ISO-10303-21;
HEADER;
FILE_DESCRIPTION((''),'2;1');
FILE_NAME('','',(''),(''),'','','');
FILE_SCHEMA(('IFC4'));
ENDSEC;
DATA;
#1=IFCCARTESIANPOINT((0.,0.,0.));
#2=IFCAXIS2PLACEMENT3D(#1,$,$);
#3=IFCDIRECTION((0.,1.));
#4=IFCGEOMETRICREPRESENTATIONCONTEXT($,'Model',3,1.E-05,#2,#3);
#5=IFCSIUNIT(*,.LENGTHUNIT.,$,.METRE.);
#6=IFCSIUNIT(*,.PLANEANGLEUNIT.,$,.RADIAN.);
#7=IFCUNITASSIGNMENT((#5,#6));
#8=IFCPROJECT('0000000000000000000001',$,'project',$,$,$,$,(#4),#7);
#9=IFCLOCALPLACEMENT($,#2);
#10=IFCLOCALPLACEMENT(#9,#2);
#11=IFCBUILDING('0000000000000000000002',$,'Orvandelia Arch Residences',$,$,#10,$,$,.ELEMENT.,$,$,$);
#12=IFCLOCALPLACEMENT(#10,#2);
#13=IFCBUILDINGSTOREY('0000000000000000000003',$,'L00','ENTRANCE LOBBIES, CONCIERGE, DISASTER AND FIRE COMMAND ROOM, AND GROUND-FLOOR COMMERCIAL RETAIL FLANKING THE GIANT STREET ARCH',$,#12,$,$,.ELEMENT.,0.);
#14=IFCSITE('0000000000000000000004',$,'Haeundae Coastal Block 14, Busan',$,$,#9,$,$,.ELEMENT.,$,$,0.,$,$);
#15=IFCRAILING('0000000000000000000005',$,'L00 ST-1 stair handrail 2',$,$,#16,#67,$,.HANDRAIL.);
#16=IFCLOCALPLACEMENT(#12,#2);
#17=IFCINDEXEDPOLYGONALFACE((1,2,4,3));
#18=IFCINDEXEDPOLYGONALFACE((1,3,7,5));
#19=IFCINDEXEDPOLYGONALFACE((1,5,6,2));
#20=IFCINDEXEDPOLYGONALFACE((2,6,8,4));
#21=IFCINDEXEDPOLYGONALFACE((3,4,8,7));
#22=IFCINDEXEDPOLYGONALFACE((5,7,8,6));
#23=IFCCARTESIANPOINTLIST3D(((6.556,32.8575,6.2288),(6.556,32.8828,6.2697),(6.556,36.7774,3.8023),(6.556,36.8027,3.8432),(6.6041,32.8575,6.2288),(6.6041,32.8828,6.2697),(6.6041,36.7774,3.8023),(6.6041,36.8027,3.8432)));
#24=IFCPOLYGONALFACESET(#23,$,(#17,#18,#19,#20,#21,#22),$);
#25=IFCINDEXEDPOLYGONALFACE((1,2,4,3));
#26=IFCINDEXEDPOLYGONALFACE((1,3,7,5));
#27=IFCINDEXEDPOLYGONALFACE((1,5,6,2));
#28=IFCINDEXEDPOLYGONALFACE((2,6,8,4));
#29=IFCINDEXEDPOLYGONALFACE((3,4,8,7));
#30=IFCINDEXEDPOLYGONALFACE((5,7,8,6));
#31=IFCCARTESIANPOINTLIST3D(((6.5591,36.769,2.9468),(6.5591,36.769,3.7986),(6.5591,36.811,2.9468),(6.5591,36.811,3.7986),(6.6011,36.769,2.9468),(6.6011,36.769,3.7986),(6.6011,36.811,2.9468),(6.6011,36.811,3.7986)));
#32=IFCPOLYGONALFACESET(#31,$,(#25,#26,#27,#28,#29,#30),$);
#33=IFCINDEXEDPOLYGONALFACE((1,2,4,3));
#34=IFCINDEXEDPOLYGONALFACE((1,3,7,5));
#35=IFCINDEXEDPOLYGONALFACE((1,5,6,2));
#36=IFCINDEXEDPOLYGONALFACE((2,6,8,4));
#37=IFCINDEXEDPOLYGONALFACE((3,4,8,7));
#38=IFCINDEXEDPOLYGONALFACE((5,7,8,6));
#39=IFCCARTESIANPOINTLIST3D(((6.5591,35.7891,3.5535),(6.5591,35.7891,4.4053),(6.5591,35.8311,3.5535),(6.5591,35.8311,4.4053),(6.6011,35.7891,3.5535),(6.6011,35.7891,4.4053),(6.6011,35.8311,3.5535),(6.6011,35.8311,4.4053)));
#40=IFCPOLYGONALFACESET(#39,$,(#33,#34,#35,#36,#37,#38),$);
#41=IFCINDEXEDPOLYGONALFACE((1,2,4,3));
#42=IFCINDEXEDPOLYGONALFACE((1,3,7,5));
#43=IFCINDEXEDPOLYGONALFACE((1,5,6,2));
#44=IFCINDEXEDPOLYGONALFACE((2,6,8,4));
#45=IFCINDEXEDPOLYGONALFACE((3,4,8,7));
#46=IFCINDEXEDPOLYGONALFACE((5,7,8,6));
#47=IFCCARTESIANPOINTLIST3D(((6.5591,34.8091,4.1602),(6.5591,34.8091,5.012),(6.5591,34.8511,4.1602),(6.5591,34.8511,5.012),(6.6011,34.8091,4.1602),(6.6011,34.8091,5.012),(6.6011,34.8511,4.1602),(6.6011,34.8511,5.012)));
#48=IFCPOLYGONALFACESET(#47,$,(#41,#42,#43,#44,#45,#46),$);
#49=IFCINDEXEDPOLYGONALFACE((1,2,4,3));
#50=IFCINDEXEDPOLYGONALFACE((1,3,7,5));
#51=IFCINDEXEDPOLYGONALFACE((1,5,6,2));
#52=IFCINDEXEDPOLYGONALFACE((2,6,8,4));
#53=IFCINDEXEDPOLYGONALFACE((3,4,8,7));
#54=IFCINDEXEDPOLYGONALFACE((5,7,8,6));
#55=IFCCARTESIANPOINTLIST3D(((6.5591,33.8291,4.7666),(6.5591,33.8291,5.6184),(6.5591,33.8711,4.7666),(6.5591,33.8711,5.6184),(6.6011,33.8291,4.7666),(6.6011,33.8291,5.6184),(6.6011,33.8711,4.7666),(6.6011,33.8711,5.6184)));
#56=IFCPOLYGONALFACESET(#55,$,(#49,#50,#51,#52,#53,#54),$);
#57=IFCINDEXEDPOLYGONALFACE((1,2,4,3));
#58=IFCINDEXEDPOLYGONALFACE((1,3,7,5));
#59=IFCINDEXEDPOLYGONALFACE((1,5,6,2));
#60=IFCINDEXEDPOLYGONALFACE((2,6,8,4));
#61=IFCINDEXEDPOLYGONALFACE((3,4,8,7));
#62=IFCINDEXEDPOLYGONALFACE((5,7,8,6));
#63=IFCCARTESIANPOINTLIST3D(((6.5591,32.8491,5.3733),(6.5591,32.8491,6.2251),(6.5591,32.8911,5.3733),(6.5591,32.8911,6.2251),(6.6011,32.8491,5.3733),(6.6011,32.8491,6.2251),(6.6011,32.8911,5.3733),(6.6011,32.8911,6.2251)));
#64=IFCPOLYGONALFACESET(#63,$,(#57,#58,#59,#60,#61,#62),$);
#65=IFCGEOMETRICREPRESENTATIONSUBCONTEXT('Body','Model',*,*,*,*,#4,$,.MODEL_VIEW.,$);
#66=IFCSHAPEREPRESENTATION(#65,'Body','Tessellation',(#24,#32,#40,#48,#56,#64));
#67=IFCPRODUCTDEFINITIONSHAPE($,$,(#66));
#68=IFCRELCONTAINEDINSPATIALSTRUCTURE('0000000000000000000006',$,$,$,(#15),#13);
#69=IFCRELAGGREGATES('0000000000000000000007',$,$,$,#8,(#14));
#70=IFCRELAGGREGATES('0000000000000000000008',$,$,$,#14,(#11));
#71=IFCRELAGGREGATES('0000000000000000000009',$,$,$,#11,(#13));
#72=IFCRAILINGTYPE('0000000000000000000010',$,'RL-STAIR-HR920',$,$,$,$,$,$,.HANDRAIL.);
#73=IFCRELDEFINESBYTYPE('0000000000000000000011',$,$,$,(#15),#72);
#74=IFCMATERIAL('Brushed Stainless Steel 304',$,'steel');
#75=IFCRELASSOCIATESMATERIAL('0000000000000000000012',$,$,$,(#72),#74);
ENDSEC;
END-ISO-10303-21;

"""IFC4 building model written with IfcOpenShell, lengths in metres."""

from ifc_helpers import new_model, si_unit, direction, frame, origin, origin_2d, place, context, subcontext, project, spatial, rectangle, extrude, material, type_object, element, save


model = new_model("IFC4")

# Units and contexts
model_context = context("Model", 3, precision=1e-05, world=origin(), true_north=direction((0.0, 1.0)))
body_context = subcontext(model_context, "Body", "Model", "MODEL_VIEW")
ifc_project = project(units=[si_unit("LENGTHUNIT", "METRE"), si_unit("PLANEANGLEUNIT", "RADIAN")], contexts=[model_context])

# Site, building, storey
site_placement = place(None, origin())
site = spatial("IfcSite", under=ifc_project, at=site_placement, Name="Haeundae Coastal Block 14, Busan", CompositionType="ELEMENT", RefElevation=0.0)
building_placement = place(site_placement, origin())
building = spatial("IfcBuilding", under=site, at=building_placement, Name="Orvandelia Arch Residences", CompositionType="ELEMENT")
storey_placement = place(building_placement, origin())
storey = spatial("IfcBuildingStorey", under=building, at=storey_placement, Name="L00", Description="ENTRANCE LOBBIES, CONCIERGE, DISASTER AND FIRE COMMAND ROOM, AND GROUND-FLOOR COMMERCIAL RETAIL FLANKING THE GIANT STREET ARCH", CompositionType="ELEMENT", Elevation=0.0)

# Railing
ifc_material_1 = material(Name="Brushed Stainless Steel 304", Category="steel")
railing_type_1 = type_object("IfcRailingType", Name="RL-STAIR-HR920", PredefinedType="HANDRAIL", material=ifc_material_1)
railing_1_placement = place(storey_placement, frame((6.5801, 36.79, 2.9468)))
element("IfcRailing", 1, at=railing_1_placement, inside=storey, type_object=railing_type_1, Name="L00 ST-1 stair handrail 2", PredefinedType="HANDRAIL", context=body_context, shape_type="SweptSolid", body=[
    extrude(rectangle(XDim=0.0481, YDim=0.0481, at=origin_2d()), frame((0.0, 0.0, 0.876), z_axis=(0.0, -0.850275, 0.526338), x_axis=(1.0, 0.0, 0.0)), (0.0, 0.0, 1.0), 4.6101),
    extrude(rectangle(XDim=0.042, YDim=0.042, at=origin_2d()), origin(), (0.0, 0.0, 1.0), 0.8518),
    extrude(rectangle(XDim=0.042, YDim=0.042, at=origin_2d()), frame((0.0, -0.98, 0.6067)), (0.0, 0.0, 1.0), 0.8518),
    extrude(rectangle(XDim=0.042, YDim=0.042, at=origin_2d()), frame((0.0, -1.96, 1.2134)), (0.0, 0.0, 1.0), 0.8518),
    extrude(rectangle(XDim=0.042, YDim=0.042, at=origin_2d()), frame((0.0, -2.9399, 1.8198)), (0.0, 0.0, 1.0), 0.8518),
    extrude(rectangle(XDim=0.042, YDim=0.042, at=origin_2d()), frame((0.0, -3.9199, 2.4265)), (0.0, 0.0, 1.0), 0.8518),
])

save(model, "model.ifc")
